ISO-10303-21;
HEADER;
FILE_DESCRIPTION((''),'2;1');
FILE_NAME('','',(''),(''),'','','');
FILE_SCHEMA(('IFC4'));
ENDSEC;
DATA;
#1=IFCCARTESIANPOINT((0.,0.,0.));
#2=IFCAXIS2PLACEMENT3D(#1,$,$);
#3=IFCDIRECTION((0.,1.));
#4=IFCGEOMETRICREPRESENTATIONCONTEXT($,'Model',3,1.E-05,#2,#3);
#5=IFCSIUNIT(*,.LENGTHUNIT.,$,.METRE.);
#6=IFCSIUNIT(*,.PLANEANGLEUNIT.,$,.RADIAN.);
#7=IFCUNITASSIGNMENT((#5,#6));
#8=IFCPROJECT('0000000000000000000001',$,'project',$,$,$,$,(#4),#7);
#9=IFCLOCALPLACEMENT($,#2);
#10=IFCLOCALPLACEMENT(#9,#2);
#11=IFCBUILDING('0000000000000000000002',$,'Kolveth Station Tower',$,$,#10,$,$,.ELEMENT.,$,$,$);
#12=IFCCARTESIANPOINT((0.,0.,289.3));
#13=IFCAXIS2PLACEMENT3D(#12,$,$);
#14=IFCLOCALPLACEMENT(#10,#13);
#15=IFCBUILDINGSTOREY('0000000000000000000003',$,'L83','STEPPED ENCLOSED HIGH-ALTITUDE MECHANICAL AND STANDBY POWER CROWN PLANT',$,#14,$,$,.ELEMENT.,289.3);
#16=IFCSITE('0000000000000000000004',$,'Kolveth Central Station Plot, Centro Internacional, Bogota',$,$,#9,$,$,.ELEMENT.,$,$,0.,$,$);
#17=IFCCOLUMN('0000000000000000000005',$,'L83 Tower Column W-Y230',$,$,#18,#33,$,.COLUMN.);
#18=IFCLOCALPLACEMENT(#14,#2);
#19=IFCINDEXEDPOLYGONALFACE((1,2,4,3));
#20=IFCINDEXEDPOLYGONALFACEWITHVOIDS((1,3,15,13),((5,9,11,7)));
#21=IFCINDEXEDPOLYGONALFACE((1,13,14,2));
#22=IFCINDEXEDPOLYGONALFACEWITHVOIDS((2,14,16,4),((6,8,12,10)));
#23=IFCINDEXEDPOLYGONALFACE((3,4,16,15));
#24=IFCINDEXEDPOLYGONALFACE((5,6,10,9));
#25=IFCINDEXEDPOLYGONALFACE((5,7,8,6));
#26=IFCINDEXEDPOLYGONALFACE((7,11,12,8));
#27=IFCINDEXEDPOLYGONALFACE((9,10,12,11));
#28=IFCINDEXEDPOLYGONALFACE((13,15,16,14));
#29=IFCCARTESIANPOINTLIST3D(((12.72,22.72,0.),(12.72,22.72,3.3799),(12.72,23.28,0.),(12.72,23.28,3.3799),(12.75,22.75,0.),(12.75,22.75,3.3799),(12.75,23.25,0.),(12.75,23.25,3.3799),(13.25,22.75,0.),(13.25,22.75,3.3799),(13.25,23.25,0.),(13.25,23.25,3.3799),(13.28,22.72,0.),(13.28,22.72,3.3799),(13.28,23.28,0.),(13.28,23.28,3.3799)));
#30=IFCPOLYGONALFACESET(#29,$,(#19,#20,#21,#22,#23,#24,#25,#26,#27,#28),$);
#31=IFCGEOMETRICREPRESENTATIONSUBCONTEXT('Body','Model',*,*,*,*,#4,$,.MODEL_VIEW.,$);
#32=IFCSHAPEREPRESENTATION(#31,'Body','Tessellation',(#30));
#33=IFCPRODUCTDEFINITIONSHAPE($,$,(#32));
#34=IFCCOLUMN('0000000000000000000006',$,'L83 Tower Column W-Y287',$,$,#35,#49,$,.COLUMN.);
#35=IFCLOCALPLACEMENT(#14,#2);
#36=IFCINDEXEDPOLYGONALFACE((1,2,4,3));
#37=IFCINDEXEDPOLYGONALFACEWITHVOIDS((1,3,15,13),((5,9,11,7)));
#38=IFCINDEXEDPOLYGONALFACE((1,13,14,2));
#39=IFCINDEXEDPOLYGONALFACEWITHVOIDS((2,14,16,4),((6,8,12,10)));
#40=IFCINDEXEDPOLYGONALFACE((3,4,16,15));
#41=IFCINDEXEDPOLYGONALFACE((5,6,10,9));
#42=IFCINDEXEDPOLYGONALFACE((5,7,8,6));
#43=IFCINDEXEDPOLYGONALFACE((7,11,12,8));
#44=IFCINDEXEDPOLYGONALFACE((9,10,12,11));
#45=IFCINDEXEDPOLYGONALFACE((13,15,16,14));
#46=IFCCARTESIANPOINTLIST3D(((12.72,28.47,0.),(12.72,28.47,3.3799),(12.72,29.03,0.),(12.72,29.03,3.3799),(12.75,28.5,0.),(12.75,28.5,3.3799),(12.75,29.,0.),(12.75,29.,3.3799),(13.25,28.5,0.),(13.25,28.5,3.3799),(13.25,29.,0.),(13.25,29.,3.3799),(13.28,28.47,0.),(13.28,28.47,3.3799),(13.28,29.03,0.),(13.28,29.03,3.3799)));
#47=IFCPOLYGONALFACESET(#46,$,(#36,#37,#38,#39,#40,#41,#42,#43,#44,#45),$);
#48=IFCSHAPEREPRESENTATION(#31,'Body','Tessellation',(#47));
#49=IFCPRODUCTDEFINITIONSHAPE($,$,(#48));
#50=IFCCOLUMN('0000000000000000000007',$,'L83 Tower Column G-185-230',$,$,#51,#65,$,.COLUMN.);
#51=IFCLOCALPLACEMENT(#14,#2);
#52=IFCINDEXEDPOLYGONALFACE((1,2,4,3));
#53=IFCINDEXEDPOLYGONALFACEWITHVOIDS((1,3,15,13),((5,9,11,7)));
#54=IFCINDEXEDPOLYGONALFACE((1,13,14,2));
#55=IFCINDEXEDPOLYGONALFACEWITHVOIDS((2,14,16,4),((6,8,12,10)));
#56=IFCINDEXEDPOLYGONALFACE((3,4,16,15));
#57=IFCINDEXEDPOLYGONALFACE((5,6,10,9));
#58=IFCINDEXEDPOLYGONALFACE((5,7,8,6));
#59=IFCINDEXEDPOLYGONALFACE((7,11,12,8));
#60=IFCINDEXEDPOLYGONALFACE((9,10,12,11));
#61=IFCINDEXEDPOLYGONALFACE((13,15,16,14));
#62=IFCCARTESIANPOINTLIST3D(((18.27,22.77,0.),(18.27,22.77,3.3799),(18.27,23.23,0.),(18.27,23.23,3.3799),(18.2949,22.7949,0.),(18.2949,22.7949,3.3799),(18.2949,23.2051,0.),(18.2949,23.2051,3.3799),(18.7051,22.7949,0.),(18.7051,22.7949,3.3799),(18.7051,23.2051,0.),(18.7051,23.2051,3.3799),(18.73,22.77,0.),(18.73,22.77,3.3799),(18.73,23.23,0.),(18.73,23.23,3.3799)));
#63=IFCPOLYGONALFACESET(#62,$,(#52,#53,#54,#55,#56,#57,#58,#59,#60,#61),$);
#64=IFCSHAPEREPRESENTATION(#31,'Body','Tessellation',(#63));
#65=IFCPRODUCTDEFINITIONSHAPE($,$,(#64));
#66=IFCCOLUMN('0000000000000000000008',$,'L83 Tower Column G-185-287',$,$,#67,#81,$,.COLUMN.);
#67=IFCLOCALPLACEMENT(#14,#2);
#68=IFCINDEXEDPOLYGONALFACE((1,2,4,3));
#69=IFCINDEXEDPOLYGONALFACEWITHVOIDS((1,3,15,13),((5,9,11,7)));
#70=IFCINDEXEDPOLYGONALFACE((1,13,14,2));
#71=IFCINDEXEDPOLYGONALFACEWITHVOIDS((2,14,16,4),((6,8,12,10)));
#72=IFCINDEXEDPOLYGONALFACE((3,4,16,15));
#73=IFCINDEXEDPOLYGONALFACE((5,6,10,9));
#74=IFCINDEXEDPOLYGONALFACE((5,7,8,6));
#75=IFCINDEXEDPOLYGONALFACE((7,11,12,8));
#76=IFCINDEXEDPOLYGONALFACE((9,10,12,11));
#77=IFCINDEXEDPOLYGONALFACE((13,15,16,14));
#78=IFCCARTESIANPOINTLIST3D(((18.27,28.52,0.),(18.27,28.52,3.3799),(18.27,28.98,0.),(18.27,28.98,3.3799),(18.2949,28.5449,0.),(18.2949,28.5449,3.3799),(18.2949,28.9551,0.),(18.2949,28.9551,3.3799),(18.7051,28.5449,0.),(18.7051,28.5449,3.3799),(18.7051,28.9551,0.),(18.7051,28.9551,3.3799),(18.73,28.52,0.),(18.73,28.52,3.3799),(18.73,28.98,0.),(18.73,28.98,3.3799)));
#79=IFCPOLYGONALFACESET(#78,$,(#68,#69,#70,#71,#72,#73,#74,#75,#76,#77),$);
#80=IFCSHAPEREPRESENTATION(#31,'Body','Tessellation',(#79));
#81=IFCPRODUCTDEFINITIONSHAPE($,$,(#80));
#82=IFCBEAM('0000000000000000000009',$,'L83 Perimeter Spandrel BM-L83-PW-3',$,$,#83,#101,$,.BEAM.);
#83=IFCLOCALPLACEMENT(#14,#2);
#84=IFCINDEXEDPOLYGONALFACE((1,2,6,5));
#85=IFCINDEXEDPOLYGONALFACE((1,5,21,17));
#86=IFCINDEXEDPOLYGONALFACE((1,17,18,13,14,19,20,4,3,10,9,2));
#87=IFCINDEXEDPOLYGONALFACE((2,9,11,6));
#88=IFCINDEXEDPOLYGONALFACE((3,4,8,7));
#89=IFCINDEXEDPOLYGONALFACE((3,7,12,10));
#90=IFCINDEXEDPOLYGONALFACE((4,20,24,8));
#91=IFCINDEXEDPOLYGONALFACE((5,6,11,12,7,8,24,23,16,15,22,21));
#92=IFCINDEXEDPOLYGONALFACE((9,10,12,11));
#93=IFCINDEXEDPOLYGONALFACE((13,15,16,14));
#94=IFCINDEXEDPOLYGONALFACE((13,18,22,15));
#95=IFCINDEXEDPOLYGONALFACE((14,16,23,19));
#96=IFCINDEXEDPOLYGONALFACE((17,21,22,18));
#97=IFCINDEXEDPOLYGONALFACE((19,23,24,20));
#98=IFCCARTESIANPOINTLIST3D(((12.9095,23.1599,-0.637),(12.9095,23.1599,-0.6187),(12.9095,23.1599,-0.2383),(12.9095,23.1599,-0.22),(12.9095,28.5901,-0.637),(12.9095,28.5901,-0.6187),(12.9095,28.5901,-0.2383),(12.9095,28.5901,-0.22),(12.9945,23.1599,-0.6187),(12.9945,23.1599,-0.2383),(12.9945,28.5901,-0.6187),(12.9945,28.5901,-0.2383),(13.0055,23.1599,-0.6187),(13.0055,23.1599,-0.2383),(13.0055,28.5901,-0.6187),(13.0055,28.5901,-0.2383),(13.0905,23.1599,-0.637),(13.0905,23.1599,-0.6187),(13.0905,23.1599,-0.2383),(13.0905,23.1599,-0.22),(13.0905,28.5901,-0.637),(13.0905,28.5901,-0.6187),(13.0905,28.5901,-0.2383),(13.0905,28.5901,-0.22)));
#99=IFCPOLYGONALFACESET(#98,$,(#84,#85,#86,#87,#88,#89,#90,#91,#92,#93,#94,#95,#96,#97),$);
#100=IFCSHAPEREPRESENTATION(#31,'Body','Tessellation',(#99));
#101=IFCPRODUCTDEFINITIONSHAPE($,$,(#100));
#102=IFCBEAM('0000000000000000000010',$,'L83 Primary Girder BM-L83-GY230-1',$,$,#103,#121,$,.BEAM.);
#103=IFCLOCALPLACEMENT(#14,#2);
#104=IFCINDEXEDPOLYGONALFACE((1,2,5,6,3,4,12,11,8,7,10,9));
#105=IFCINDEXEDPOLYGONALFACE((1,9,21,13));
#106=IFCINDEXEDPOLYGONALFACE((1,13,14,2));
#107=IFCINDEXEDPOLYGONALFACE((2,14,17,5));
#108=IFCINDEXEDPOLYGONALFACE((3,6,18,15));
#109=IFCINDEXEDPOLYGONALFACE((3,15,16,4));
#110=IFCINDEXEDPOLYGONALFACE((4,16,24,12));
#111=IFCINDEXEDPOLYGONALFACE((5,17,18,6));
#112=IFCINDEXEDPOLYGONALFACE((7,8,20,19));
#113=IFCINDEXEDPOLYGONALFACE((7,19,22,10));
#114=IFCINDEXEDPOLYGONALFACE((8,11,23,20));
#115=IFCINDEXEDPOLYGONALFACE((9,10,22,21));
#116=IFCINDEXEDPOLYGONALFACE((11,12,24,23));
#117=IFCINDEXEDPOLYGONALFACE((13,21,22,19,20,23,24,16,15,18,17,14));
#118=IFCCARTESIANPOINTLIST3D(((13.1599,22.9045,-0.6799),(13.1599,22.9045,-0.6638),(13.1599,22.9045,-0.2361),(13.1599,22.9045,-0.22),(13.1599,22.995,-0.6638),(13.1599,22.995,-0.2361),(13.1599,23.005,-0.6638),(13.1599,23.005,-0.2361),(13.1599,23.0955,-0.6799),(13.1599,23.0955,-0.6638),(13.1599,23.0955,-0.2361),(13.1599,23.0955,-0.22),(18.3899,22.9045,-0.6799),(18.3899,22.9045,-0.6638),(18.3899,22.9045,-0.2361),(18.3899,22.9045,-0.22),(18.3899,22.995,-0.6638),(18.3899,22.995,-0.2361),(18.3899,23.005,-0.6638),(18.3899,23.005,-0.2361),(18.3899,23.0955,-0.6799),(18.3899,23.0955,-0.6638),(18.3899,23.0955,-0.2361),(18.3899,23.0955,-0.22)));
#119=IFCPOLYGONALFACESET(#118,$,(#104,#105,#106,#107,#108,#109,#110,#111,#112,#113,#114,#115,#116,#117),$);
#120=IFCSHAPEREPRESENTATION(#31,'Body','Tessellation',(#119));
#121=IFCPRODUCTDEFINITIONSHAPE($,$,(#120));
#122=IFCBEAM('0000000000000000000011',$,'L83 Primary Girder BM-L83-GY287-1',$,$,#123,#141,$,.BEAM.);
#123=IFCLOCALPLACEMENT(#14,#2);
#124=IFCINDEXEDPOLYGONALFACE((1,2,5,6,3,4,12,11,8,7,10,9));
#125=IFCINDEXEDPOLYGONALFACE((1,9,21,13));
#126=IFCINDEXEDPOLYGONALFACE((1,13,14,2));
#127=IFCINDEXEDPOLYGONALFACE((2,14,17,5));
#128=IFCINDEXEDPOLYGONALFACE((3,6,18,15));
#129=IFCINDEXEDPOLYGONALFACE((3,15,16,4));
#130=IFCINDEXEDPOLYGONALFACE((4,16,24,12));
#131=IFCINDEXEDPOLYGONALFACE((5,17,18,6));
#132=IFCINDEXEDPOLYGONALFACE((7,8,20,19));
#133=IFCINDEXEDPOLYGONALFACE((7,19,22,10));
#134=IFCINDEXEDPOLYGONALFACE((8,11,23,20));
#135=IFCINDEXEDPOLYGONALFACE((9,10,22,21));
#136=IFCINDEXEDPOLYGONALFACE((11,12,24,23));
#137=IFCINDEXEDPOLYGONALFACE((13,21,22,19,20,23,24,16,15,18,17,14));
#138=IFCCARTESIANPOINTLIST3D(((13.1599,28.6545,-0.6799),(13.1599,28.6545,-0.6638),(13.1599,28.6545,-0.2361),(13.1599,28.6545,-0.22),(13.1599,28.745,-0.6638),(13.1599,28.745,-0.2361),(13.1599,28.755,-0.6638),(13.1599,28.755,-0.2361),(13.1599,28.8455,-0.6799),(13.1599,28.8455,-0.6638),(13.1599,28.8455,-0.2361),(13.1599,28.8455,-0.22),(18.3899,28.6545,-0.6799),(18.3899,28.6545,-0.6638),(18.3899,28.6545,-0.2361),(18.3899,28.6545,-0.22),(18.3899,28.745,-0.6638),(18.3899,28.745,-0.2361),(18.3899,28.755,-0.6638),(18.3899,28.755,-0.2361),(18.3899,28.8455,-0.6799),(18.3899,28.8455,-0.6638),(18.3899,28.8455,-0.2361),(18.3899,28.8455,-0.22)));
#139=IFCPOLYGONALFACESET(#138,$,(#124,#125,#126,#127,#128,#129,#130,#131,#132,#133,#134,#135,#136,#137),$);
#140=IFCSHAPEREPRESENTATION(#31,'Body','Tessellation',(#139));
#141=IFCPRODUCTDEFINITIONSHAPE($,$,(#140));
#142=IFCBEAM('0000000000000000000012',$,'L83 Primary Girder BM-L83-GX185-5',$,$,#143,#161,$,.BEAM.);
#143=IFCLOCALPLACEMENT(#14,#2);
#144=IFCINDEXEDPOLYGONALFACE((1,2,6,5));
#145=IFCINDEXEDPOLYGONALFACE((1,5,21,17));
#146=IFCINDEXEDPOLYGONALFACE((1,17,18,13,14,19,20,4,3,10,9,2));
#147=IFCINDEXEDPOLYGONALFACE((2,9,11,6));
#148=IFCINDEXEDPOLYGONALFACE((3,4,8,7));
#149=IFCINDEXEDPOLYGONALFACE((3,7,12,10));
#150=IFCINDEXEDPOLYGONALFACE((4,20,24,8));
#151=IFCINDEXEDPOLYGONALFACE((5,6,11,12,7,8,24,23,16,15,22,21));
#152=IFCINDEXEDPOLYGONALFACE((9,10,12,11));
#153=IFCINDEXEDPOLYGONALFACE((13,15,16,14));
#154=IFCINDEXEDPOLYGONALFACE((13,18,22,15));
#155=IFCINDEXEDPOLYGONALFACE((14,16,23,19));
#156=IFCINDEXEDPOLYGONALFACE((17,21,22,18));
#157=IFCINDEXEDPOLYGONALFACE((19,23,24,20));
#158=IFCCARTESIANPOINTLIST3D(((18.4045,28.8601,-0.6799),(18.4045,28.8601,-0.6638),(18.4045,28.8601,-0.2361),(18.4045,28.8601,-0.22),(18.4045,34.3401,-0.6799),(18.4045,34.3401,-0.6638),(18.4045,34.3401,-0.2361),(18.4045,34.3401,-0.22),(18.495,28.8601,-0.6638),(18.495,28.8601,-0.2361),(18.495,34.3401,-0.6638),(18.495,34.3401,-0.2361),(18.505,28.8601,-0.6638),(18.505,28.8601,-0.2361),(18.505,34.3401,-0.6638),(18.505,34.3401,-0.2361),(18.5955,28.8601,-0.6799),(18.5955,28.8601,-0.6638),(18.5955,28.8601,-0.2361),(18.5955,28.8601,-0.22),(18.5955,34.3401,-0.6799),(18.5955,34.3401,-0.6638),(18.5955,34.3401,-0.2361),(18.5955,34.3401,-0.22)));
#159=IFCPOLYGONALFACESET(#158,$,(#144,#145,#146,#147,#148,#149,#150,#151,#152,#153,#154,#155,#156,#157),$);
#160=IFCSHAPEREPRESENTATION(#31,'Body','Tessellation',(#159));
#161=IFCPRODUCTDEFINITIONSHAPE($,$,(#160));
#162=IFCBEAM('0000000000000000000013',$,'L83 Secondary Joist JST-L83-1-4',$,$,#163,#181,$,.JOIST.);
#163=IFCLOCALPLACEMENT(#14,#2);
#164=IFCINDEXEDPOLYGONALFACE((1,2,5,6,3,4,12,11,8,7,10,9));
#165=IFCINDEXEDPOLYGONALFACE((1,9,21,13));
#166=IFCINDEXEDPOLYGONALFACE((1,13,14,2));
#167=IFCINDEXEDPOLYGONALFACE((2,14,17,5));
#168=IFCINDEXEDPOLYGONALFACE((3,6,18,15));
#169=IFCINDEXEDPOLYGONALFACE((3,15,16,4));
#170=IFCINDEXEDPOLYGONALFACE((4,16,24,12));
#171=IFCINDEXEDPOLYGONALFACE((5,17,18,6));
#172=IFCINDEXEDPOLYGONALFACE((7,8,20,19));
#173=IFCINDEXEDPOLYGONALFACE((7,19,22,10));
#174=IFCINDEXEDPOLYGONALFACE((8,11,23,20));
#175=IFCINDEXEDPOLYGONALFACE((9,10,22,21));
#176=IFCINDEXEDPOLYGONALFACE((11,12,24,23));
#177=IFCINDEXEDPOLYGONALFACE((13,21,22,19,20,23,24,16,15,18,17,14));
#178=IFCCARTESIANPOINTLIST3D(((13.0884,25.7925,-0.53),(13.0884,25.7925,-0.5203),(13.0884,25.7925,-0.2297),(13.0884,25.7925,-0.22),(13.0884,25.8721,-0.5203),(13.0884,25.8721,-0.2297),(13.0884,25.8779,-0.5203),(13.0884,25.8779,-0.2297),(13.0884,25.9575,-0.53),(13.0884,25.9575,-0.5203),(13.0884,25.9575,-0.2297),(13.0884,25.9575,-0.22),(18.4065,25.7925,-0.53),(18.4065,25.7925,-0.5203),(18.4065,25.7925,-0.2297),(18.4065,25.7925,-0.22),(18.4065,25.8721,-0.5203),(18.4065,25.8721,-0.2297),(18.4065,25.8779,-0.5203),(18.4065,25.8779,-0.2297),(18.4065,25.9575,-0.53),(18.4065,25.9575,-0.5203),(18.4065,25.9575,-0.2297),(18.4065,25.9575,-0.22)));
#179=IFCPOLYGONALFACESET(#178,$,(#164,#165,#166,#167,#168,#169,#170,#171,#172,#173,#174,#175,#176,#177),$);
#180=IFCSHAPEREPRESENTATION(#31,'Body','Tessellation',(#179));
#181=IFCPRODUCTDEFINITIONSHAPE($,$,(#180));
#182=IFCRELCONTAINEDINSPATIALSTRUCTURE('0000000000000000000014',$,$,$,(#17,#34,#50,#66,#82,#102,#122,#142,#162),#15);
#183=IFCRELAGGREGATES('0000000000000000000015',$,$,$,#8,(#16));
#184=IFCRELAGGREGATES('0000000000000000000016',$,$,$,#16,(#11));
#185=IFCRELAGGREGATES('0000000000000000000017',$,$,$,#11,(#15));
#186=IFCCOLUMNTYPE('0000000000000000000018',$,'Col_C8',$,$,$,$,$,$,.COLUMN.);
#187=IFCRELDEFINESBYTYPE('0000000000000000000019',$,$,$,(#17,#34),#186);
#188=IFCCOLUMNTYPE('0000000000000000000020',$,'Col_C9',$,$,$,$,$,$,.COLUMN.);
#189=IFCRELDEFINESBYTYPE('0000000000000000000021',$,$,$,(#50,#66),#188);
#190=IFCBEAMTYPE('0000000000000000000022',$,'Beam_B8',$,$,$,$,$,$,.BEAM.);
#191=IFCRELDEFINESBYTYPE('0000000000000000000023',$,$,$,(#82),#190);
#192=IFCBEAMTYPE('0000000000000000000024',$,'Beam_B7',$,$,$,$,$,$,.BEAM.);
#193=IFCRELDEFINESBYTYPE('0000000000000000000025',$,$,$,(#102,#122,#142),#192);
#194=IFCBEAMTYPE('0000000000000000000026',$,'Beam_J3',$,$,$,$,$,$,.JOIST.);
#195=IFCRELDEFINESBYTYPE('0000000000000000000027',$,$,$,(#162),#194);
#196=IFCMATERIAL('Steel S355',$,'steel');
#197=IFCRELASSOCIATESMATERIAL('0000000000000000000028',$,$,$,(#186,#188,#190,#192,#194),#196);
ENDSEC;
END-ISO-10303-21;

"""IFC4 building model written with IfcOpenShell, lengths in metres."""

from ifc_helpers import new_model, si_unit, direction, frame, origin, origin_2d, place, context, subcontext, project, spatial, hollow_rectangle, i_section, extrude, source, transform, mapped, material, material_profile, profile_set, type_object, element, save


model = new_model("IFC4")

# Units and contexts
model_context = context("Model", 3, precision=1e-05, world=origin(), true_north=direction((0.0, 1.0)))
body_context = subcontext(model_context, "Body", "Model", "MODEL_VIEW")
ifc_project = project(units=[si_unit("LENGTHUNIT", "METRE"), si_unit("PLANEANGLEUNIT", "RADIAN")], contexts=[model_context])

# Site, building, storey
site_placement = place(None, origin())
site = spatial("IfcSite", under=ifc_project, at=site_placement, Name="Kolveth Central Station Plot, Centro Internacional, Bogota", CompositionType="ELEMENT", RefElevation=0.0)
building_placement = place(site_placement, origin())
building = spatial("IfcBuilding", under=site, at=building_placement, Name="Kolveth Station Tower", CompositionType="ELEMENT")
storey_placement = place(building_placement, frame((0.0, 0.0, 289.3)))
storey = spatial("IfcBuildingStorey", under=building, at=storey_placement, Name="L83", Description="STEPPED ENCLOSED HIGH-ALTITUDE MECHANICAL AND STANDBY POWER CROWN PLANT", CompositionType="ELEMENT", Elevation=289.3)

# Columns
ifc_material_1 = material(Name="Steel S355", Category="steel")
ifc_material_profile_1 = material_profile(ifc_material_1, hollow_rectangle(XDim=0.5601, YDim=0.5601, WallThickness=0.03, at=origin_2d()), Name="BOX560x560x30")
ifc_profile_set_1 = profile_set([ifc_material_profile_1], Name="Steel S355")
column_type_1 = type_object("IfcColumnType", Name="Col_C8", PredefinedType="COLUMN", material=ifc_profile_set_1)
shared_shape_1 = source(origin(), body_context, "Body", "SweptSolid", [
    extrude(hollow_rectangle(XDim=0.5601, YDim=0.5601, WallThickness=0.03, at=origin_2d()), origin(), (0.0, 0.0, 1.0), 3.3799),
])
for number, where, z_axis, x_axis, name in (
    (1, (13.0, 23.0, 0.0), (0.0, 0.0, 1.0), (1.0, 0.0, 0.0), "L83 Tower Column W-Y230"),
    (2, (13.0, 28.75, 0.0), (0.0, 0.0, 1.0), (1.0, 0.0, 0.0), "L83 Tower Column W-Y287"),
):
    element("IfcColumn", number, at=place(storey_placement, frame(where, z_axis=z_axis, x_axis=x_axis)), inside=storey, type_object=column_type_1, Name=name, PredefinedType="COLUMN", context=body_context, shape_type="MappedRepresentation", body=[
        mapped(shared_shape_1, transform((0.0, 0.0, 0.0), x_axis=(1.0, 0.0, 0.0), y_axis=(0.0, 1.0, 0.0), z_axis=(0.0, 0.0, 1.0), scale=1.0)),
    ])
ifc_material_profile_2 = material_profile(ifc_material_1, hollow_rectangle(XDim=0.46, YDim=0.46, WallThickness=0.0249, at=origin_2d()), Name="BOX460x460x25")
ifc_profile_set_2 = profile_set([ifc_material_profile_2], Name="Steel S355")
column_type_2 = type_object("IfcColumnType", Name="Col_C9", PredefinedType="COLUMN", material=ifc_profile_set_2)
shared_shape_2 = source(origin(), body_context, "Body", "SweptSolid", [
    extrude(hollow_rectangle(XDim=0.46, YDim=0.46, WallThickness=0.0249, at=origin_2d()), origin(), (0.0, 0.0, 1.0), 3.3799),
])
for number, where, z_axis, x_axis, name in (
    (3, (18.5, 23.0, 0.0), (0.0, 0.0, 1.0), (1.0, 0.0, 0.0), "L83 Tower Column G-185-230"),
    (4, (18.5, 28.75, 0.0), (0.0, 0.0, 1.0), (1.0, 0.0, 0.0), "L83 Tower Column G-185-287"),
):
    element("IfcColumn", number, at=place(storey_placement, frame(where, z_axis=z_axis, x_axis=x_axis)), inside=storey, type_object=column_type_2, Name=name, PredefinedType="COLUMN", context=body_context, shape_type="MappedRepresentation", body=[
        mapped(shared_shape_2, transform((0.0, 0.0, 0.0), x_axis=(1.0, 0.0, 0.0), y_axis=(0.0, 1.0, 0.0), z_axis=(0.0, 0.0, 1.0), scale=1.0)),
    ])

# Beams
ifc_material_profile_3 = material_profile(ifc_material_1, i_section(OverallWidth=0.1809, OverallDepth=0.417, WebThickness=0.011, FlangeThickness=0.0183, at=origin_2d()), Name="W410x85")
ifc_profile_set_3 = profile_set([ifc_material_profile_3], Name="Steel S355")
beam_type_1 = type_object("IfcBeamType", Name="Beam_B8", PredefinedType="BEAM", material=ifc_profile_set_3)
shared_shape_3 = source(origin(), body_context, "Body", "SweptSolid", [
    extrude(i_section(OverallWidth=0.1809, OverallDepth=0.417, WebThickness=0.011, FlangeThickness=0.0183, at=origin_2d()), origin(), (0.0, 0.0, 1.0), 5.4302),
])
beam_1_placement = place(storey_placement, frame((13.0, 23.1599, -0.4285), z_axis=(0.0, 1.0, 0.0), x_axis=(-1.0, 0.0, 0.0)))
element("IfcBeam", 5, at=beam_1_placement, inside=storey, type_object=beam_type_1, Name="L83 Perimeter Spandrel BM-L83-PW-3", PredefinedType="BEAM", context=body_context, shape_type="MappedRepresentation", body=[
    mapped(shared_shape_3, transform((0.0, 0.0, 0.0), x_axis=(1.0, 0.0, 0.0), y_axis=(0.0, 1.0, 0.0), z_axis=(0.0, 0.0, 1.0), scale=1.0)),
])
ifc_material_profile_4 = material_profile(ifc_material_1, i_section(OverallWidth=0.1909, OverallDepth=0.46, WebThickness=0.01, FlangeThickness=0.0161, at=origin_2d()), Name="W460x82")
ifc_profile_set_4 = profile_set([ifc_material_profile_4], Name="Steel S355")
beam_type_2 = type_object("IfcBeamType", Name="Beam_B7", PredefinedType="BEAM", material=ifc_profile_set_4)
shared_shape_4 = source(origin(), body_context, "Body", "SweptSolid", [
    extrude(i_section(OverallWidth=0.1909, OverallDepth=0.46, WebThickness=0.01, FlangeThickness=0.0161, at=origin_2d()), origin(), (0.0, 0.0, 1.0), 5.23),
])
for number, where, z_axis, x_axis, name in (
    (6, (13.1599, 23.0, -0.45), (1.0, 0.0, 0.0), (0.0, 1.0, 0.0), "L83 Primary Girder BM-L83-GY230-1"),
    (7, (13.1599, 28.75, -0.45), (1.0, 0.0, 0.0), (0.0, 1.0, 0.0), "L83 Primary Girder BM-L83-GY287-1"),
):
    element("IfcBeam", number, at=place(storey_placement, frame(where, z_axis=z_axis, x_axis=x_axis)), inside=storey, type_object=beam_type_2, Name=name, PredefinedType="BEAM", context=body_context, shape_type="MappedRepresentation", body=[
        mapped(shared_shape_4, transform((0.0, 0.0, 0.0), x_axis=(1.0, 0.0, 0.0), y_axis=(0.0, 1.0, 0.0), z_axis=(0.0, 0.0, 1.0), scale=1.0)),
    ])
shared_shape_5 = source(origin(), body_context, "Body", "SweptSolid", [
    extrude(i_section(OverallWidth=0.1909, OverallDepth=0.46, WebThickness=0.01, FlangeThickness=0.0161, at=origin_2d()), origin(), (0.0, 0.0, 1.0), 5.48),
])
beam_2_placement = place(storey_placement, frame((18.5, 28.8601, -0.45), z_axis=(0.0, 1.0, 0.0), x_axis=(-1.0, 0.0, 0.0)))
element("IfcBeam", 8, at=beam_2_placement, inside=storey, type_object=beam_type_2, Name="L83 Primary Girder BM-L83-GX185-5", PredefinedType="BEAM", context=body_context, shape_type="MappedRepresentation", body=[
    mapped(shared_shape_5, transform((0.0, 0.0, 0.0), x_axis=(1.0, 0.0, 0.0), y_axis=(0.0, 1.0, 0.0), z_axis=(0.0, 0.0, 1.0), scale=1.0)),
])
ifc_material_profile_5 = material_profile(ifc_material_1, i_section(OverallWidth=0.165, OverallDepth=0.3101, WebThickness=0.0059, FlangeThickness=0.0098, at=origin_2d()), Name="W310x39")
ifc_profile_set_5 = profile_set([ifc_material_profile_5], Name="Steel S355")
beam_type_3 = type_object("IfcBeamType", Name="Beam_J3", PredefinedType="JOIST", material=ifc_profile_set_5)
shared_shape_6 = source(origin(), body_context, "Body", "SweptSolid", [
    extrude(i_section(OverallWidth=0.165, OverallDepth=0.3101, WebThickness=0.0059, FlangeThickness=0.0098, at=origin_2d()), origin(), (0.0, 0.0, 1.0), 5.3181),
])
beam_3_placement = place(storey_placement, frame((13.0884, 25.875, -0.375), z_axis=(1.0, 0.0, 0.0), x_axis=(0.0, 1.0, 0.0)))
element("IfcBeam", 9, at=beam_3_placement, inside=storey, type_object=beam_type_3, Name="L83 Secondary Joist JST-L83-1-4", PredefinedType="JOIST", context=body_context, shape_type="MappedRepresentation", body=[
    mapped(shared_shape_6, transform((0.0, 0.0, 0.0), x_axis=(1.0, 0.0, 0.0), y_axis=(0.0, 1.0, 0.0), z_axis=(0.0, 0.0, 1.0), scale=1.0)),
])

save(model, "model.ifc")
